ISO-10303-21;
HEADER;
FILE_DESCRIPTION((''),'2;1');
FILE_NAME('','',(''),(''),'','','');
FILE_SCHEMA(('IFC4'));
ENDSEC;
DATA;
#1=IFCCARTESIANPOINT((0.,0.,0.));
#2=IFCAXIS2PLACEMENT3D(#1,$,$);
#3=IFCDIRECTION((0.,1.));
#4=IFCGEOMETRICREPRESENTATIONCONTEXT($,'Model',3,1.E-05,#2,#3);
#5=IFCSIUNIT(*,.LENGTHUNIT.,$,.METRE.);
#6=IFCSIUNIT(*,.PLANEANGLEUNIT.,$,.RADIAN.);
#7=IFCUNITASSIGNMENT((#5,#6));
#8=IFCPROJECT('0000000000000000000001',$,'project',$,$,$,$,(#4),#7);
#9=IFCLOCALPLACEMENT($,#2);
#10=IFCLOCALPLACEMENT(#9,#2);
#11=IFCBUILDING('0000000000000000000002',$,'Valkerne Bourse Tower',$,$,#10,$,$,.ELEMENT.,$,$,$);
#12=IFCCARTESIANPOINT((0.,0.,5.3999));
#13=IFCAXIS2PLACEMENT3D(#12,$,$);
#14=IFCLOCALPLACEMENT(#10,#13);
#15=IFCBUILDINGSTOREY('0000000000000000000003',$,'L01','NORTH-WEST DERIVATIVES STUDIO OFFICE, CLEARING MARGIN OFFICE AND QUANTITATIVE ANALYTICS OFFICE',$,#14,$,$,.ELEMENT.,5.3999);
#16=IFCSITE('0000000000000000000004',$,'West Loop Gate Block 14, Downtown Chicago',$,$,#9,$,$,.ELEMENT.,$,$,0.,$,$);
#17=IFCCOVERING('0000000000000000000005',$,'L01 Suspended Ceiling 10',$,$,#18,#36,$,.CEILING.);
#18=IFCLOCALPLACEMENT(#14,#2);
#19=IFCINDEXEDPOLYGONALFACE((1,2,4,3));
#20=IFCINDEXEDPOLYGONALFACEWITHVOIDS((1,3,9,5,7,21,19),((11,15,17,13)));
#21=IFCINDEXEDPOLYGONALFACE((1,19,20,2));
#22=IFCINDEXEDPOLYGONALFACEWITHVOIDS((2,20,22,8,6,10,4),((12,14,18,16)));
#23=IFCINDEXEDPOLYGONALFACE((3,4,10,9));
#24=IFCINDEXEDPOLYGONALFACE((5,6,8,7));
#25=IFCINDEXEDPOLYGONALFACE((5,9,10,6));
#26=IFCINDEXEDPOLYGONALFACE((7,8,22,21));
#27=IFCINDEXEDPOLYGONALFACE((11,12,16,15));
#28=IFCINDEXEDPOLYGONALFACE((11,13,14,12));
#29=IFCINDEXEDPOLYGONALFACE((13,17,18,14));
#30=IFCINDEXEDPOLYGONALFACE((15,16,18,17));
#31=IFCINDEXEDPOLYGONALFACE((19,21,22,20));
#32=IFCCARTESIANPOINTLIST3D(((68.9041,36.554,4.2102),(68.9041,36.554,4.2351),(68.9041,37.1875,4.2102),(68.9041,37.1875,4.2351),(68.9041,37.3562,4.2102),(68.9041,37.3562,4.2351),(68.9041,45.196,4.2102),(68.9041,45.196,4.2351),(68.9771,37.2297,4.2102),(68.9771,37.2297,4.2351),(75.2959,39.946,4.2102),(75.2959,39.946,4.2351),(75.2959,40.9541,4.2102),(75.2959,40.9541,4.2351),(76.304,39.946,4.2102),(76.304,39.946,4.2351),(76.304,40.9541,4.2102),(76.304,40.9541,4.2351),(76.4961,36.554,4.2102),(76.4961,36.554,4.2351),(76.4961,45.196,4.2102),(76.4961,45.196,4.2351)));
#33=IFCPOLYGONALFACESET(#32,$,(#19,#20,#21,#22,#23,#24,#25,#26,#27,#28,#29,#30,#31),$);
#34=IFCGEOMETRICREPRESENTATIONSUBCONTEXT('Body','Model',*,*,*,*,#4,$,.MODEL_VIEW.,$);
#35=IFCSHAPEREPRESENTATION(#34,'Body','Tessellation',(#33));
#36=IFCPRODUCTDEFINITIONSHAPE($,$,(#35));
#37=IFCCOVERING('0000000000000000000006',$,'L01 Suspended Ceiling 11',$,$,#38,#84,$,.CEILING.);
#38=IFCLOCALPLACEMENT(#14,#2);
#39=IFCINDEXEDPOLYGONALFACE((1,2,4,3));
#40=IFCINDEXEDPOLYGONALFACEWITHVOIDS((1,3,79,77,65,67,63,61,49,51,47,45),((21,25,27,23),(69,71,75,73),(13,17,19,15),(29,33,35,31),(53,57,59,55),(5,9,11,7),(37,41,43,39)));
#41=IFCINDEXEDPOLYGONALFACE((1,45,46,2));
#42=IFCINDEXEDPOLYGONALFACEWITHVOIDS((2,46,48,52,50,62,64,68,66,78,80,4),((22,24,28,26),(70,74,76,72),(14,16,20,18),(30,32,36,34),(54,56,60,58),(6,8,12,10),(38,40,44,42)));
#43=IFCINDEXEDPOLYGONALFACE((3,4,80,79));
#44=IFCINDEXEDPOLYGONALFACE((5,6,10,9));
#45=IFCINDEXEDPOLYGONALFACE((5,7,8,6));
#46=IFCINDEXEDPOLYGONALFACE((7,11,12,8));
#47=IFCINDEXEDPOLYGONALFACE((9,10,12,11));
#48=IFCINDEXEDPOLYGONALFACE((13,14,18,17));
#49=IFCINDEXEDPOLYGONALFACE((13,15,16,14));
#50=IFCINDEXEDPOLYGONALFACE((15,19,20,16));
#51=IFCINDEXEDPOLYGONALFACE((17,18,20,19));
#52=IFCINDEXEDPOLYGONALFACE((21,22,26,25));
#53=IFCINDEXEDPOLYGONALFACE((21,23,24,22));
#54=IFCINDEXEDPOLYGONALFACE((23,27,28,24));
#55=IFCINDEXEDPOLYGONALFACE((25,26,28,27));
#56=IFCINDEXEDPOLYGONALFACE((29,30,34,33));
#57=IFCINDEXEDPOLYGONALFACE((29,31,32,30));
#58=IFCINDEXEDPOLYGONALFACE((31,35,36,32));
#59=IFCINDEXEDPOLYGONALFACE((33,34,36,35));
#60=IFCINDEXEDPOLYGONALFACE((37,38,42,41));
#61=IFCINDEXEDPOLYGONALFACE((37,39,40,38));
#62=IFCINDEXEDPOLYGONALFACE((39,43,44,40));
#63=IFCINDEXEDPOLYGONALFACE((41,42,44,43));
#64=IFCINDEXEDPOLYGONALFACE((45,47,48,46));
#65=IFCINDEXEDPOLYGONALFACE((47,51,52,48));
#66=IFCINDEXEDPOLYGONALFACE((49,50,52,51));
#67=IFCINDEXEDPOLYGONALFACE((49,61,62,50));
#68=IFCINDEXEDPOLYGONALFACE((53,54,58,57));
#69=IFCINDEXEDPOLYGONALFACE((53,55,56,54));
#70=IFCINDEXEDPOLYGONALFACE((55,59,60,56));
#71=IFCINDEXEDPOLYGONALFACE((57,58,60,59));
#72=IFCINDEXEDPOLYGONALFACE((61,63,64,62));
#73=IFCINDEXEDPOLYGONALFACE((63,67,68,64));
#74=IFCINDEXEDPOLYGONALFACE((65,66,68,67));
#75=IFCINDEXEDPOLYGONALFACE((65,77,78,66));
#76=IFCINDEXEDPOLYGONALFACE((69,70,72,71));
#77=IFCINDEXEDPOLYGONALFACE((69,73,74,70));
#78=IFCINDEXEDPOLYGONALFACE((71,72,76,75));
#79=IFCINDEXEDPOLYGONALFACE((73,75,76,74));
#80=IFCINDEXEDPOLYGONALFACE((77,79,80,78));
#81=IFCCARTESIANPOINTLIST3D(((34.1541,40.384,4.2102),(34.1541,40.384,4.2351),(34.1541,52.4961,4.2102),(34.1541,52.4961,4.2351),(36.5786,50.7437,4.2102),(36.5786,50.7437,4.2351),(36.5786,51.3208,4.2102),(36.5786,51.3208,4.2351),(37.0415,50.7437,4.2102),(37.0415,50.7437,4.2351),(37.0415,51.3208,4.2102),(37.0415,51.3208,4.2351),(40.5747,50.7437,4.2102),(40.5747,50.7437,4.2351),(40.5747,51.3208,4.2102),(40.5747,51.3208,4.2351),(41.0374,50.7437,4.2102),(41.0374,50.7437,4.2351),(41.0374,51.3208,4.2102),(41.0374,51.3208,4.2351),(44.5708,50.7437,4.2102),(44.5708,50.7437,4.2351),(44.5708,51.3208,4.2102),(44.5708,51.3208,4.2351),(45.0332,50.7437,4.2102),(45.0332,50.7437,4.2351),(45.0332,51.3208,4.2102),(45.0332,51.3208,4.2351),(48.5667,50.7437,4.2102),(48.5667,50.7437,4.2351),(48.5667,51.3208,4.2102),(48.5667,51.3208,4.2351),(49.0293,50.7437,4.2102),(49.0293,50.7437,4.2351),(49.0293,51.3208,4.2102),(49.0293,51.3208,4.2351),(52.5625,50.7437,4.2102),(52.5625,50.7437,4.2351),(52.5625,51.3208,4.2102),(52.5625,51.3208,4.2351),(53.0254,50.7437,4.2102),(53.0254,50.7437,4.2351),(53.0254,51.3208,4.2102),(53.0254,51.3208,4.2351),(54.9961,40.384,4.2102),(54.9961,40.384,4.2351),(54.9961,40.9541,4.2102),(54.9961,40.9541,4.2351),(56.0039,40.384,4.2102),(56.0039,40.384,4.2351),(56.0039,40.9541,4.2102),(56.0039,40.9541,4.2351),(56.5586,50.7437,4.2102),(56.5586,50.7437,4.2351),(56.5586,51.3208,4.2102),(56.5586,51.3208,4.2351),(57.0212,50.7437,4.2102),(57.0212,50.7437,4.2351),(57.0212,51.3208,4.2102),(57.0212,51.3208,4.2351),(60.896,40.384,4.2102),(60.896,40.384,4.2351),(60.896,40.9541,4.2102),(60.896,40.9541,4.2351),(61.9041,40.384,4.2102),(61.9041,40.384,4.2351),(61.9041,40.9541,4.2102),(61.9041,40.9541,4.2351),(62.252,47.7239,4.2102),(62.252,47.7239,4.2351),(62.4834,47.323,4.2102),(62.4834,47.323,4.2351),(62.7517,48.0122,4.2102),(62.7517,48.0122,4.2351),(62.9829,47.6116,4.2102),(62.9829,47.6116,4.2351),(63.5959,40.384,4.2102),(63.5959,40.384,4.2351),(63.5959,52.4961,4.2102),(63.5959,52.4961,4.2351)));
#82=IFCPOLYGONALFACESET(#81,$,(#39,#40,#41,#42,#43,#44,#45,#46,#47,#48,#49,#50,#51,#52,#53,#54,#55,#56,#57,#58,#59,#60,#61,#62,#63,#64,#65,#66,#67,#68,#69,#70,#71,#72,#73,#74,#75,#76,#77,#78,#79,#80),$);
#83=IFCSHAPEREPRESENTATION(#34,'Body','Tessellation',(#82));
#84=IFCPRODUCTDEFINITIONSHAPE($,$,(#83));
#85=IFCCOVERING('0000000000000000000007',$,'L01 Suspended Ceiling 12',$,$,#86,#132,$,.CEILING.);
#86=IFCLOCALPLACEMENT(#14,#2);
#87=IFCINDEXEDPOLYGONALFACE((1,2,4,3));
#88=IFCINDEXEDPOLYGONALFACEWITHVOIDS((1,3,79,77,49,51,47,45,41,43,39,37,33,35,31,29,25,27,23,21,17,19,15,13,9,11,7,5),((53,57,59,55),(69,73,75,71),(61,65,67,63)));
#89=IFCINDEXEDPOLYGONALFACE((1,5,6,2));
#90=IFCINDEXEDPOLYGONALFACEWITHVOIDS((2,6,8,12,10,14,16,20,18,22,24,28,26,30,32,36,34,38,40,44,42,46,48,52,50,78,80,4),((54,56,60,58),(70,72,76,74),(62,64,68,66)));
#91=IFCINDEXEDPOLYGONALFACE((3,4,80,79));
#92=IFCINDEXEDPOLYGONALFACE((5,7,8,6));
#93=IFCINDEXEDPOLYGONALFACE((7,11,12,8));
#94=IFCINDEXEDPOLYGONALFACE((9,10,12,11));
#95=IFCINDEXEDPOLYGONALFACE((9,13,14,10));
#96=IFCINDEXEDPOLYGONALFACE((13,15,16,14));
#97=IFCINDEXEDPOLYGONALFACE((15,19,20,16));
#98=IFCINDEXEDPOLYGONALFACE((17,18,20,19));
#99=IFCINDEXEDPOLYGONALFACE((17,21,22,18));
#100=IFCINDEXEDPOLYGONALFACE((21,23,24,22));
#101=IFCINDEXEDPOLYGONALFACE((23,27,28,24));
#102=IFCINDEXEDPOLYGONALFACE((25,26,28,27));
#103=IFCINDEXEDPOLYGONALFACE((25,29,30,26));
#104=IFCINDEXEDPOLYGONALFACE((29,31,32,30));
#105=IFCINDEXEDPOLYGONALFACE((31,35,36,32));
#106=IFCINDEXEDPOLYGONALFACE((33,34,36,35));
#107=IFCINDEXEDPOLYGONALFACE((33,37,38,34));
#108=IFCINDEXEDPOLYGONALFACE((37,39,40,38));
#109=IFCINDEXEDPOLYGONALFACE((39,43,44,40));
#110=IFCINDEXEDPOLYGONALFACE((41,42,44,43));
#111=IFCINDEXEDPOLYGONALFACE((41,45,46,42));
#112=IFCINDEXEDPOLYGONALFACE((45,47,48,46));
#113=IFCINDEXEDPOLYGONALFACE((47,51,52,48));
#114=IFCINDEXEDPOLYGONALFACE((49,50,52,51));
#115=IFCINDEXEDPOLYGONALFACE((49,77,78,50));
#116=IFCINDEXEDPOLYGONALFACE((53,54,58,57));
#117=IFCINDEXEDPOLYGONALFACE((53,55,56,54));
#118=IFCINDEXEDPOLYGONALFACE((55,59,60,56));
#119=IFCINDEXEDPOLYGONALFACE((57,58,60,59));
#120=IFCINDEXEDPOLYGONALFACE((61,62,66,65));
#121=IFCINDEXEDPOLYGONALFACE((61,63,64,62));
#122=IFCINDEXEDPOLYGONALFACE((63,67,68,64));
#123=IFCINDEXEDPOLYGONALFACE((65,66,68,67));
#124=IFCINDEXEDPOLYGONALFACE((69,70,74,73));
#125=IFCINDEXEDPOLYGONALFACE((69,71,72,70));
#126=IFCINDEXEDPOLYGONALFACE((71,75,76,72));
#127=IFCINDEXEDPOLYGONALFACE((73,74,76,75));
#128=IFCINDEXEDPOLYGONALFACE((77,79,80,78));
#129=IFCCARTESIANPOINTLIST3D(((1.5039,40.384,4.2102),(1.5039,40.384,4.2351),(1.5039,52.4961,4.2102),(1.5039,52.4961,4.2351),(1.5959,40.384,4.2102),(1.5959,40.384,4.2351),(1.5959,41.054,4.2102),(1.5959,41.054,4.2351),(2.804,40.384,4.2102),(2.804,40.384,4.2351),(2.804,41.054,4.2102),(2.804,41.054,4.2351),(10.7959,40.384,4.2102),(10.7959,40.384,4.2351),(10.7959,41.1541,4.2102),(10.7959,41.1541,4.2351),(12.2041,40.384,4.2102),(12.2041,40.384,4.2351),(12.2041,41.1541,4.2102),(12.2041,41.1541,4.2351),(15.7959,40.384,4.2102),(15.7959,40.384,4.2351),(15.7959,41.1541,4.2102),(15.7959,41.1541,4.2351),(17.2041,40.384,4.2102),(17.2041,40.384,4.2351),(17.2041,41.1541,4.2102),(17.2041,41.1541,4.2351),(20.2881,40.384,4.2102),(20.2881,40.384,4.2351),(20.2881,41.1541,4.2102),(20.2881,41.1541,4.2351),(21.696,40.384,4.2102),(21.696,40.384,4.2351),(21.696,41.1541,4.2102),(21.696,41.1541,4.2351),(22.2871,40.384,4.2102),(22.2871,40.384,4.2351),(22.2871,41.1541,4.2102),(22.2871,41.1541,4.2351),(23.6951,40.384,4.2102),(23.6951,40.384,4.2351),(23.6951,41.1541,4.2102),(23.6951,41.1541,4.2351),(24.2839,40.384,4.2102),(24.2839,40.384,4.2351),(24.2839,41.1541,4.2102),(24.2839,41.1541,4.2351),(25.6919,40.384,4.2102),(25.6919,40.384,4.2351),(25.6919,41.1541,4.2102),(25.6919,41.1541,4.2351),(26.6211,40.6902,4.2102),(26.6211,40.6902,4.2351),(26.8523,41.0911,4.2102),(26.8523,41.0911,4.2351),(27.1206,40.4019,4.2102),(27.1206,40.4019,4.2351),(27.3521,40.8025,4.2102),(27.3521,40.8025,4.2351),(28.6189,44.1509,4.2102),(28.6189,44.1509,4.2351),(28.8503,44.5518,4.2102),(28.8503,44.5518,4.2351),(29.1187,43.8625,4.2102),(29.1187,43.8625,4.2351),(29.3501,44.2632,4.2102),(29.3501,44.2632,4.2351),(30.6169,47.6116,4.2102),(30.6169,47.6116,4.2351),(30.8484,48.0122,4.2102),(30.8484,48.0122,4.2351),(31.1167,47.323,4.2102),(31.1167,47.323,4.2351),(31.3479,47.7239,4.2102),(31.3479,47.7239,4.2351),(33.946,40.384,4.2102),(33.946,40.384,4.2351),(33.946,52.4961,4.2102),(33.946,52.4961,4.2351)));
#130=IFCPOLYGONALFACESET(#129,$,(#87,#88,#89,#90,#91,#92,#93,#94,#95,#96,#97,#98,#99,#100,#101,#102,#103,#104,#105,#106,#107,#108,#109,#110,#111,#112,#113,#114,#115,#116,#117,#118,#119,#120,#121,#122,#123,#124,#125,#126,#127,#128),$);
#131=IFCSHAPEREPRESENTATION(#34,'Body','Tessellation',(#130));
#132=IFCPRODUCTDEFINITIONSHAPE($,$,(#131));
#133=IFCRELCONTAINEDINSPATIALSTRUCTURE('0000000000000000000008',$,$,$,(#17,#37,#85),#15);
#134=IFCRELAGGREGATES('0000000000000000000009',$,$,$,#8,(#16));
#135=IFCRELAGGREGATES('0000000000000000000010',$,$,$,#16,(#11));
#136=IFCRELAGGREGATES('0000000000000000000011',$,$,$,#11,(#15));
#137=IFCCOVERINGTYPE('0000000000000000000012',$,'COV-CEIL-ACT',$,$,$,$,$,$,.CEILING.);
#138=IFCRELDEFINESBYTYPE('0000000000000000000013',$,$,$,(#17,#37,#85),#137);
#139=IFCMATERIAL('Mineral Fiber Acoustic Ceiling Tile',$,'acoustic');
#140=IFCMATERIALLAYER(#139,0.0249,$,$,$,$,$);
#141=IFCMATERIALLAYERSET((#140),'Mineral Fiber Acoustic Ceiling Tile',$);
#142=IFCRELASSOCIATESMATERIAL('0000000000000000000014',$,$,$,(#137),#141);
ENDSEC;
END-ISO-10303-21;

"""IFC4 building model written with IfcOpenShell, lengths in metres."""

from ifc_helpers import new_model, si_unit, direction, frame, origin, place, context, subcontext, project, spatial, polyline, outline, extrude, material, layer, layer_set, type_object, element, save


model = new_model("IFC4")

# Units and contexts
model_context = context("Model", 3, precision=1e-05, world=origin(), true_north=direction((0.0, 1.0)))
body_context = subcontext(model_context, "Body", "Model", "MODEL_VIEW")
ifc_project = project(units=[si_unit("LENGTHUNIT", "METRE"), si_unit("PLANEANGLEUNIT", "RADIAN")], contexts=[model_context])

# Site, building, storey
site_placement = place(None, origin())
site = spatial("IfcSite", under=ifc_project, at=site_placement, Name="West Loop Gate Block 14, Downtown Chicago", CompositionType="ELEMENT", RefElevation=0.0)
building_placement = place(site_placement, origin())
building = spatial("IfcBuilding", under=site, at=building_placement, Name="Valkerne Bourse Tower", CompositionType="ELEMENT")
storey_placement = place(building_placement, frame((0.0, 0.0, 5.3999)))
storey = spatial("IfcBuildingStorey", under=building, at=storey_placement, Name="L01", Description="NORTH-WEST DERIVATIVES STUDIO OFFICE, CLEARING MARGIN OFFICE AND QUANTITATIVE ANALYTICS OFFICE", CompositionType="ELEMENT", Elevation=5.3999)

# Coverings
ifc_material_1 = material(Name="Mineral Fiber Acoustic Ceiling Tile", Category="acoustic")
ifc_layer_1 = layer(ifc_material_1, 0.0249)
ifc_layer_set_1 = layer_set([ifc_layer_1], Name="Mineral Fiber Acoustic Ceiling Tile")
covering_type_1 = type_object("IfcCoveringType", Name="COV-CEIL-ACT", PredefinedType="CEILING", material=ifc_layer_set_1)
covering_1_placement = place(storey_placement, frame((0.0, 0.0, 4.2102)))
element("IfcCovering", 1, at=covering_1_placement, inside=storey, type_object=covering_type_1, Name="L01 Suspended Ceiling 10", PredefinedType="CEILING", context=body_context, shape_type="SweptSolid", body=[
    extrude(outline(polyline([(68.9041, 37.1875), (68.9771, 37.2297), (68.9041, 37.3562), (68.9041, 45.196), (76.4961, 45.196), (76.4961, 36.554), (68.9041, 36.554), (68.9041, 37.1875)]), holes=[polyline([(76.304, 40.9541), (75.2959, 40.9541), (75.2959, 39.946), (76.304, 39.946), (76.304, 40.9541)])]), origin(), (0.0, 0.0, 1.0), 0.0249),
])
covering_2_placement = place(storey_placement, frame((0.0, 0.0, 4.2102)))
element("IfcCovering", 2, at=covering_2_placement, inside=storey, type_object=covering_type_1, Name="L01 Suspended Ceiling 11", PredefinedType="CEILING", context=body_context, shape_type="SweptSolid", body=[
    extrude(outline(polyline([(34.1541, 52.4961), (63.5959, 52.4961), (63.5959, 40.384), (61.9041, 40.384), (61.9041, 40.9541), (60.896, 40.9541), (60.896, 40.384), (56.0039, 40.384), (56.0039, 40.9541), (54.9961, 40.9541), (54.9961, 40.384), (34.1541, 40.384), (34.1541, 52.4961)]), holes=[polyline([(57.0212, 51.3208), (56.5586, 51.3208), (56.5586, 50.7437), (57.0212, 50.7437), (57.0212, 51.3208)]), polyline([(53.0254, 51.3208), (52.5625, 51.3208), (52.5625, 50.7437), (53.0254, 50.7437), (53.0254, 51.3208)]), polyline([(48.5667, 51.3208), (48.5667, 50.7437), (49.0293, 50.7437), (49.0293, 51.3208), (48.5667, 51.3208)]), polyline([(45.0332, 51.3208), (44.5708, 51.3208), (44.5708, 50.7437), (45.0332, 50.7437), (45.0332, 51.3208)]), polyline([(41.0374, 51.3208), (40.5747, 51.3208), (40.5747, 50.7437), (41.0374, 50.7437), (41.0374, 51.3208)]), polyline([(36.5786, 51.3208), (36.5786, 50.7437), (37.0415, 50.7437), (37.0415, 51.3208), (36.5786, 51.3208)]), polyline([(62.7517, 48.0122), (62.252, 47.7239), (62.4834, 47.323), (62.9829, 47.6116), (62.7517, 48.0122)])]), origin(), (0.0, 0.0, 1.0), 0.0249),
])
covering_3_placement = place(storey_placement, frame((0.0, 0.0, 4.2102)))
element("IfcCovering", 3, at=covering_3_placement, inside=storey, type_object=covering_type_1, Name="L01 Suspended Ceiling 12", PredefinedType="CEILING", context=body_context, shape_type="SweptSolid", body=[
    extrude(outline(polyline([(1.5039, 52.4961), (33.946, 52.4961), (33.946, 40.384), (25.6919, 40.384), (25.6919, 41.1541), (24.2839, 41.1541), (24.2839, 40.384), (23.6951, 40.384), (23.6951, 41.1541), (22.2871, 41.1541), (22.2871, 40.384), (21.696, 40.384), (21.696, 41.1541), (20.2881, 41.1541), (20.2881, 40.384), (17.2041, 40.384), (17.2041, 41.1541), (15.7959, 41.1541), (15.7959, 40.384), (12.2041, 40.384), (12.2041, 41.1541), (10.7959, 41.1541), (10.7959, 40.384), (2.804, 40.384), (2.804, 41.054), (1.5959, 41.054), (1.5959, 40.384), (1.5039, 40.384), (1.5039, 52.4961)]), holes=[polyline([(26.6211, 40.6902), (27.1206, 40.4019), (27.3521, 40.8025), (26.8523, 41.0911), (26.6211, 40.6902)]), polyline([(28.8503, 44.5518), (28.6189, 44.1509), (29.1187, 43.8625), (29.3501, 44.2632), (28.8503, 44.5518)]), polyline([(30.6169, 47.6116), (31.1167, 47.323), (31.3479, 47.7239), (30.8484, 48.0122), (30.6169, 47.6116)])]), origin(), (0.0, 0.0, 1.0), 0.0249),
])

save(model, "model.ifc")
